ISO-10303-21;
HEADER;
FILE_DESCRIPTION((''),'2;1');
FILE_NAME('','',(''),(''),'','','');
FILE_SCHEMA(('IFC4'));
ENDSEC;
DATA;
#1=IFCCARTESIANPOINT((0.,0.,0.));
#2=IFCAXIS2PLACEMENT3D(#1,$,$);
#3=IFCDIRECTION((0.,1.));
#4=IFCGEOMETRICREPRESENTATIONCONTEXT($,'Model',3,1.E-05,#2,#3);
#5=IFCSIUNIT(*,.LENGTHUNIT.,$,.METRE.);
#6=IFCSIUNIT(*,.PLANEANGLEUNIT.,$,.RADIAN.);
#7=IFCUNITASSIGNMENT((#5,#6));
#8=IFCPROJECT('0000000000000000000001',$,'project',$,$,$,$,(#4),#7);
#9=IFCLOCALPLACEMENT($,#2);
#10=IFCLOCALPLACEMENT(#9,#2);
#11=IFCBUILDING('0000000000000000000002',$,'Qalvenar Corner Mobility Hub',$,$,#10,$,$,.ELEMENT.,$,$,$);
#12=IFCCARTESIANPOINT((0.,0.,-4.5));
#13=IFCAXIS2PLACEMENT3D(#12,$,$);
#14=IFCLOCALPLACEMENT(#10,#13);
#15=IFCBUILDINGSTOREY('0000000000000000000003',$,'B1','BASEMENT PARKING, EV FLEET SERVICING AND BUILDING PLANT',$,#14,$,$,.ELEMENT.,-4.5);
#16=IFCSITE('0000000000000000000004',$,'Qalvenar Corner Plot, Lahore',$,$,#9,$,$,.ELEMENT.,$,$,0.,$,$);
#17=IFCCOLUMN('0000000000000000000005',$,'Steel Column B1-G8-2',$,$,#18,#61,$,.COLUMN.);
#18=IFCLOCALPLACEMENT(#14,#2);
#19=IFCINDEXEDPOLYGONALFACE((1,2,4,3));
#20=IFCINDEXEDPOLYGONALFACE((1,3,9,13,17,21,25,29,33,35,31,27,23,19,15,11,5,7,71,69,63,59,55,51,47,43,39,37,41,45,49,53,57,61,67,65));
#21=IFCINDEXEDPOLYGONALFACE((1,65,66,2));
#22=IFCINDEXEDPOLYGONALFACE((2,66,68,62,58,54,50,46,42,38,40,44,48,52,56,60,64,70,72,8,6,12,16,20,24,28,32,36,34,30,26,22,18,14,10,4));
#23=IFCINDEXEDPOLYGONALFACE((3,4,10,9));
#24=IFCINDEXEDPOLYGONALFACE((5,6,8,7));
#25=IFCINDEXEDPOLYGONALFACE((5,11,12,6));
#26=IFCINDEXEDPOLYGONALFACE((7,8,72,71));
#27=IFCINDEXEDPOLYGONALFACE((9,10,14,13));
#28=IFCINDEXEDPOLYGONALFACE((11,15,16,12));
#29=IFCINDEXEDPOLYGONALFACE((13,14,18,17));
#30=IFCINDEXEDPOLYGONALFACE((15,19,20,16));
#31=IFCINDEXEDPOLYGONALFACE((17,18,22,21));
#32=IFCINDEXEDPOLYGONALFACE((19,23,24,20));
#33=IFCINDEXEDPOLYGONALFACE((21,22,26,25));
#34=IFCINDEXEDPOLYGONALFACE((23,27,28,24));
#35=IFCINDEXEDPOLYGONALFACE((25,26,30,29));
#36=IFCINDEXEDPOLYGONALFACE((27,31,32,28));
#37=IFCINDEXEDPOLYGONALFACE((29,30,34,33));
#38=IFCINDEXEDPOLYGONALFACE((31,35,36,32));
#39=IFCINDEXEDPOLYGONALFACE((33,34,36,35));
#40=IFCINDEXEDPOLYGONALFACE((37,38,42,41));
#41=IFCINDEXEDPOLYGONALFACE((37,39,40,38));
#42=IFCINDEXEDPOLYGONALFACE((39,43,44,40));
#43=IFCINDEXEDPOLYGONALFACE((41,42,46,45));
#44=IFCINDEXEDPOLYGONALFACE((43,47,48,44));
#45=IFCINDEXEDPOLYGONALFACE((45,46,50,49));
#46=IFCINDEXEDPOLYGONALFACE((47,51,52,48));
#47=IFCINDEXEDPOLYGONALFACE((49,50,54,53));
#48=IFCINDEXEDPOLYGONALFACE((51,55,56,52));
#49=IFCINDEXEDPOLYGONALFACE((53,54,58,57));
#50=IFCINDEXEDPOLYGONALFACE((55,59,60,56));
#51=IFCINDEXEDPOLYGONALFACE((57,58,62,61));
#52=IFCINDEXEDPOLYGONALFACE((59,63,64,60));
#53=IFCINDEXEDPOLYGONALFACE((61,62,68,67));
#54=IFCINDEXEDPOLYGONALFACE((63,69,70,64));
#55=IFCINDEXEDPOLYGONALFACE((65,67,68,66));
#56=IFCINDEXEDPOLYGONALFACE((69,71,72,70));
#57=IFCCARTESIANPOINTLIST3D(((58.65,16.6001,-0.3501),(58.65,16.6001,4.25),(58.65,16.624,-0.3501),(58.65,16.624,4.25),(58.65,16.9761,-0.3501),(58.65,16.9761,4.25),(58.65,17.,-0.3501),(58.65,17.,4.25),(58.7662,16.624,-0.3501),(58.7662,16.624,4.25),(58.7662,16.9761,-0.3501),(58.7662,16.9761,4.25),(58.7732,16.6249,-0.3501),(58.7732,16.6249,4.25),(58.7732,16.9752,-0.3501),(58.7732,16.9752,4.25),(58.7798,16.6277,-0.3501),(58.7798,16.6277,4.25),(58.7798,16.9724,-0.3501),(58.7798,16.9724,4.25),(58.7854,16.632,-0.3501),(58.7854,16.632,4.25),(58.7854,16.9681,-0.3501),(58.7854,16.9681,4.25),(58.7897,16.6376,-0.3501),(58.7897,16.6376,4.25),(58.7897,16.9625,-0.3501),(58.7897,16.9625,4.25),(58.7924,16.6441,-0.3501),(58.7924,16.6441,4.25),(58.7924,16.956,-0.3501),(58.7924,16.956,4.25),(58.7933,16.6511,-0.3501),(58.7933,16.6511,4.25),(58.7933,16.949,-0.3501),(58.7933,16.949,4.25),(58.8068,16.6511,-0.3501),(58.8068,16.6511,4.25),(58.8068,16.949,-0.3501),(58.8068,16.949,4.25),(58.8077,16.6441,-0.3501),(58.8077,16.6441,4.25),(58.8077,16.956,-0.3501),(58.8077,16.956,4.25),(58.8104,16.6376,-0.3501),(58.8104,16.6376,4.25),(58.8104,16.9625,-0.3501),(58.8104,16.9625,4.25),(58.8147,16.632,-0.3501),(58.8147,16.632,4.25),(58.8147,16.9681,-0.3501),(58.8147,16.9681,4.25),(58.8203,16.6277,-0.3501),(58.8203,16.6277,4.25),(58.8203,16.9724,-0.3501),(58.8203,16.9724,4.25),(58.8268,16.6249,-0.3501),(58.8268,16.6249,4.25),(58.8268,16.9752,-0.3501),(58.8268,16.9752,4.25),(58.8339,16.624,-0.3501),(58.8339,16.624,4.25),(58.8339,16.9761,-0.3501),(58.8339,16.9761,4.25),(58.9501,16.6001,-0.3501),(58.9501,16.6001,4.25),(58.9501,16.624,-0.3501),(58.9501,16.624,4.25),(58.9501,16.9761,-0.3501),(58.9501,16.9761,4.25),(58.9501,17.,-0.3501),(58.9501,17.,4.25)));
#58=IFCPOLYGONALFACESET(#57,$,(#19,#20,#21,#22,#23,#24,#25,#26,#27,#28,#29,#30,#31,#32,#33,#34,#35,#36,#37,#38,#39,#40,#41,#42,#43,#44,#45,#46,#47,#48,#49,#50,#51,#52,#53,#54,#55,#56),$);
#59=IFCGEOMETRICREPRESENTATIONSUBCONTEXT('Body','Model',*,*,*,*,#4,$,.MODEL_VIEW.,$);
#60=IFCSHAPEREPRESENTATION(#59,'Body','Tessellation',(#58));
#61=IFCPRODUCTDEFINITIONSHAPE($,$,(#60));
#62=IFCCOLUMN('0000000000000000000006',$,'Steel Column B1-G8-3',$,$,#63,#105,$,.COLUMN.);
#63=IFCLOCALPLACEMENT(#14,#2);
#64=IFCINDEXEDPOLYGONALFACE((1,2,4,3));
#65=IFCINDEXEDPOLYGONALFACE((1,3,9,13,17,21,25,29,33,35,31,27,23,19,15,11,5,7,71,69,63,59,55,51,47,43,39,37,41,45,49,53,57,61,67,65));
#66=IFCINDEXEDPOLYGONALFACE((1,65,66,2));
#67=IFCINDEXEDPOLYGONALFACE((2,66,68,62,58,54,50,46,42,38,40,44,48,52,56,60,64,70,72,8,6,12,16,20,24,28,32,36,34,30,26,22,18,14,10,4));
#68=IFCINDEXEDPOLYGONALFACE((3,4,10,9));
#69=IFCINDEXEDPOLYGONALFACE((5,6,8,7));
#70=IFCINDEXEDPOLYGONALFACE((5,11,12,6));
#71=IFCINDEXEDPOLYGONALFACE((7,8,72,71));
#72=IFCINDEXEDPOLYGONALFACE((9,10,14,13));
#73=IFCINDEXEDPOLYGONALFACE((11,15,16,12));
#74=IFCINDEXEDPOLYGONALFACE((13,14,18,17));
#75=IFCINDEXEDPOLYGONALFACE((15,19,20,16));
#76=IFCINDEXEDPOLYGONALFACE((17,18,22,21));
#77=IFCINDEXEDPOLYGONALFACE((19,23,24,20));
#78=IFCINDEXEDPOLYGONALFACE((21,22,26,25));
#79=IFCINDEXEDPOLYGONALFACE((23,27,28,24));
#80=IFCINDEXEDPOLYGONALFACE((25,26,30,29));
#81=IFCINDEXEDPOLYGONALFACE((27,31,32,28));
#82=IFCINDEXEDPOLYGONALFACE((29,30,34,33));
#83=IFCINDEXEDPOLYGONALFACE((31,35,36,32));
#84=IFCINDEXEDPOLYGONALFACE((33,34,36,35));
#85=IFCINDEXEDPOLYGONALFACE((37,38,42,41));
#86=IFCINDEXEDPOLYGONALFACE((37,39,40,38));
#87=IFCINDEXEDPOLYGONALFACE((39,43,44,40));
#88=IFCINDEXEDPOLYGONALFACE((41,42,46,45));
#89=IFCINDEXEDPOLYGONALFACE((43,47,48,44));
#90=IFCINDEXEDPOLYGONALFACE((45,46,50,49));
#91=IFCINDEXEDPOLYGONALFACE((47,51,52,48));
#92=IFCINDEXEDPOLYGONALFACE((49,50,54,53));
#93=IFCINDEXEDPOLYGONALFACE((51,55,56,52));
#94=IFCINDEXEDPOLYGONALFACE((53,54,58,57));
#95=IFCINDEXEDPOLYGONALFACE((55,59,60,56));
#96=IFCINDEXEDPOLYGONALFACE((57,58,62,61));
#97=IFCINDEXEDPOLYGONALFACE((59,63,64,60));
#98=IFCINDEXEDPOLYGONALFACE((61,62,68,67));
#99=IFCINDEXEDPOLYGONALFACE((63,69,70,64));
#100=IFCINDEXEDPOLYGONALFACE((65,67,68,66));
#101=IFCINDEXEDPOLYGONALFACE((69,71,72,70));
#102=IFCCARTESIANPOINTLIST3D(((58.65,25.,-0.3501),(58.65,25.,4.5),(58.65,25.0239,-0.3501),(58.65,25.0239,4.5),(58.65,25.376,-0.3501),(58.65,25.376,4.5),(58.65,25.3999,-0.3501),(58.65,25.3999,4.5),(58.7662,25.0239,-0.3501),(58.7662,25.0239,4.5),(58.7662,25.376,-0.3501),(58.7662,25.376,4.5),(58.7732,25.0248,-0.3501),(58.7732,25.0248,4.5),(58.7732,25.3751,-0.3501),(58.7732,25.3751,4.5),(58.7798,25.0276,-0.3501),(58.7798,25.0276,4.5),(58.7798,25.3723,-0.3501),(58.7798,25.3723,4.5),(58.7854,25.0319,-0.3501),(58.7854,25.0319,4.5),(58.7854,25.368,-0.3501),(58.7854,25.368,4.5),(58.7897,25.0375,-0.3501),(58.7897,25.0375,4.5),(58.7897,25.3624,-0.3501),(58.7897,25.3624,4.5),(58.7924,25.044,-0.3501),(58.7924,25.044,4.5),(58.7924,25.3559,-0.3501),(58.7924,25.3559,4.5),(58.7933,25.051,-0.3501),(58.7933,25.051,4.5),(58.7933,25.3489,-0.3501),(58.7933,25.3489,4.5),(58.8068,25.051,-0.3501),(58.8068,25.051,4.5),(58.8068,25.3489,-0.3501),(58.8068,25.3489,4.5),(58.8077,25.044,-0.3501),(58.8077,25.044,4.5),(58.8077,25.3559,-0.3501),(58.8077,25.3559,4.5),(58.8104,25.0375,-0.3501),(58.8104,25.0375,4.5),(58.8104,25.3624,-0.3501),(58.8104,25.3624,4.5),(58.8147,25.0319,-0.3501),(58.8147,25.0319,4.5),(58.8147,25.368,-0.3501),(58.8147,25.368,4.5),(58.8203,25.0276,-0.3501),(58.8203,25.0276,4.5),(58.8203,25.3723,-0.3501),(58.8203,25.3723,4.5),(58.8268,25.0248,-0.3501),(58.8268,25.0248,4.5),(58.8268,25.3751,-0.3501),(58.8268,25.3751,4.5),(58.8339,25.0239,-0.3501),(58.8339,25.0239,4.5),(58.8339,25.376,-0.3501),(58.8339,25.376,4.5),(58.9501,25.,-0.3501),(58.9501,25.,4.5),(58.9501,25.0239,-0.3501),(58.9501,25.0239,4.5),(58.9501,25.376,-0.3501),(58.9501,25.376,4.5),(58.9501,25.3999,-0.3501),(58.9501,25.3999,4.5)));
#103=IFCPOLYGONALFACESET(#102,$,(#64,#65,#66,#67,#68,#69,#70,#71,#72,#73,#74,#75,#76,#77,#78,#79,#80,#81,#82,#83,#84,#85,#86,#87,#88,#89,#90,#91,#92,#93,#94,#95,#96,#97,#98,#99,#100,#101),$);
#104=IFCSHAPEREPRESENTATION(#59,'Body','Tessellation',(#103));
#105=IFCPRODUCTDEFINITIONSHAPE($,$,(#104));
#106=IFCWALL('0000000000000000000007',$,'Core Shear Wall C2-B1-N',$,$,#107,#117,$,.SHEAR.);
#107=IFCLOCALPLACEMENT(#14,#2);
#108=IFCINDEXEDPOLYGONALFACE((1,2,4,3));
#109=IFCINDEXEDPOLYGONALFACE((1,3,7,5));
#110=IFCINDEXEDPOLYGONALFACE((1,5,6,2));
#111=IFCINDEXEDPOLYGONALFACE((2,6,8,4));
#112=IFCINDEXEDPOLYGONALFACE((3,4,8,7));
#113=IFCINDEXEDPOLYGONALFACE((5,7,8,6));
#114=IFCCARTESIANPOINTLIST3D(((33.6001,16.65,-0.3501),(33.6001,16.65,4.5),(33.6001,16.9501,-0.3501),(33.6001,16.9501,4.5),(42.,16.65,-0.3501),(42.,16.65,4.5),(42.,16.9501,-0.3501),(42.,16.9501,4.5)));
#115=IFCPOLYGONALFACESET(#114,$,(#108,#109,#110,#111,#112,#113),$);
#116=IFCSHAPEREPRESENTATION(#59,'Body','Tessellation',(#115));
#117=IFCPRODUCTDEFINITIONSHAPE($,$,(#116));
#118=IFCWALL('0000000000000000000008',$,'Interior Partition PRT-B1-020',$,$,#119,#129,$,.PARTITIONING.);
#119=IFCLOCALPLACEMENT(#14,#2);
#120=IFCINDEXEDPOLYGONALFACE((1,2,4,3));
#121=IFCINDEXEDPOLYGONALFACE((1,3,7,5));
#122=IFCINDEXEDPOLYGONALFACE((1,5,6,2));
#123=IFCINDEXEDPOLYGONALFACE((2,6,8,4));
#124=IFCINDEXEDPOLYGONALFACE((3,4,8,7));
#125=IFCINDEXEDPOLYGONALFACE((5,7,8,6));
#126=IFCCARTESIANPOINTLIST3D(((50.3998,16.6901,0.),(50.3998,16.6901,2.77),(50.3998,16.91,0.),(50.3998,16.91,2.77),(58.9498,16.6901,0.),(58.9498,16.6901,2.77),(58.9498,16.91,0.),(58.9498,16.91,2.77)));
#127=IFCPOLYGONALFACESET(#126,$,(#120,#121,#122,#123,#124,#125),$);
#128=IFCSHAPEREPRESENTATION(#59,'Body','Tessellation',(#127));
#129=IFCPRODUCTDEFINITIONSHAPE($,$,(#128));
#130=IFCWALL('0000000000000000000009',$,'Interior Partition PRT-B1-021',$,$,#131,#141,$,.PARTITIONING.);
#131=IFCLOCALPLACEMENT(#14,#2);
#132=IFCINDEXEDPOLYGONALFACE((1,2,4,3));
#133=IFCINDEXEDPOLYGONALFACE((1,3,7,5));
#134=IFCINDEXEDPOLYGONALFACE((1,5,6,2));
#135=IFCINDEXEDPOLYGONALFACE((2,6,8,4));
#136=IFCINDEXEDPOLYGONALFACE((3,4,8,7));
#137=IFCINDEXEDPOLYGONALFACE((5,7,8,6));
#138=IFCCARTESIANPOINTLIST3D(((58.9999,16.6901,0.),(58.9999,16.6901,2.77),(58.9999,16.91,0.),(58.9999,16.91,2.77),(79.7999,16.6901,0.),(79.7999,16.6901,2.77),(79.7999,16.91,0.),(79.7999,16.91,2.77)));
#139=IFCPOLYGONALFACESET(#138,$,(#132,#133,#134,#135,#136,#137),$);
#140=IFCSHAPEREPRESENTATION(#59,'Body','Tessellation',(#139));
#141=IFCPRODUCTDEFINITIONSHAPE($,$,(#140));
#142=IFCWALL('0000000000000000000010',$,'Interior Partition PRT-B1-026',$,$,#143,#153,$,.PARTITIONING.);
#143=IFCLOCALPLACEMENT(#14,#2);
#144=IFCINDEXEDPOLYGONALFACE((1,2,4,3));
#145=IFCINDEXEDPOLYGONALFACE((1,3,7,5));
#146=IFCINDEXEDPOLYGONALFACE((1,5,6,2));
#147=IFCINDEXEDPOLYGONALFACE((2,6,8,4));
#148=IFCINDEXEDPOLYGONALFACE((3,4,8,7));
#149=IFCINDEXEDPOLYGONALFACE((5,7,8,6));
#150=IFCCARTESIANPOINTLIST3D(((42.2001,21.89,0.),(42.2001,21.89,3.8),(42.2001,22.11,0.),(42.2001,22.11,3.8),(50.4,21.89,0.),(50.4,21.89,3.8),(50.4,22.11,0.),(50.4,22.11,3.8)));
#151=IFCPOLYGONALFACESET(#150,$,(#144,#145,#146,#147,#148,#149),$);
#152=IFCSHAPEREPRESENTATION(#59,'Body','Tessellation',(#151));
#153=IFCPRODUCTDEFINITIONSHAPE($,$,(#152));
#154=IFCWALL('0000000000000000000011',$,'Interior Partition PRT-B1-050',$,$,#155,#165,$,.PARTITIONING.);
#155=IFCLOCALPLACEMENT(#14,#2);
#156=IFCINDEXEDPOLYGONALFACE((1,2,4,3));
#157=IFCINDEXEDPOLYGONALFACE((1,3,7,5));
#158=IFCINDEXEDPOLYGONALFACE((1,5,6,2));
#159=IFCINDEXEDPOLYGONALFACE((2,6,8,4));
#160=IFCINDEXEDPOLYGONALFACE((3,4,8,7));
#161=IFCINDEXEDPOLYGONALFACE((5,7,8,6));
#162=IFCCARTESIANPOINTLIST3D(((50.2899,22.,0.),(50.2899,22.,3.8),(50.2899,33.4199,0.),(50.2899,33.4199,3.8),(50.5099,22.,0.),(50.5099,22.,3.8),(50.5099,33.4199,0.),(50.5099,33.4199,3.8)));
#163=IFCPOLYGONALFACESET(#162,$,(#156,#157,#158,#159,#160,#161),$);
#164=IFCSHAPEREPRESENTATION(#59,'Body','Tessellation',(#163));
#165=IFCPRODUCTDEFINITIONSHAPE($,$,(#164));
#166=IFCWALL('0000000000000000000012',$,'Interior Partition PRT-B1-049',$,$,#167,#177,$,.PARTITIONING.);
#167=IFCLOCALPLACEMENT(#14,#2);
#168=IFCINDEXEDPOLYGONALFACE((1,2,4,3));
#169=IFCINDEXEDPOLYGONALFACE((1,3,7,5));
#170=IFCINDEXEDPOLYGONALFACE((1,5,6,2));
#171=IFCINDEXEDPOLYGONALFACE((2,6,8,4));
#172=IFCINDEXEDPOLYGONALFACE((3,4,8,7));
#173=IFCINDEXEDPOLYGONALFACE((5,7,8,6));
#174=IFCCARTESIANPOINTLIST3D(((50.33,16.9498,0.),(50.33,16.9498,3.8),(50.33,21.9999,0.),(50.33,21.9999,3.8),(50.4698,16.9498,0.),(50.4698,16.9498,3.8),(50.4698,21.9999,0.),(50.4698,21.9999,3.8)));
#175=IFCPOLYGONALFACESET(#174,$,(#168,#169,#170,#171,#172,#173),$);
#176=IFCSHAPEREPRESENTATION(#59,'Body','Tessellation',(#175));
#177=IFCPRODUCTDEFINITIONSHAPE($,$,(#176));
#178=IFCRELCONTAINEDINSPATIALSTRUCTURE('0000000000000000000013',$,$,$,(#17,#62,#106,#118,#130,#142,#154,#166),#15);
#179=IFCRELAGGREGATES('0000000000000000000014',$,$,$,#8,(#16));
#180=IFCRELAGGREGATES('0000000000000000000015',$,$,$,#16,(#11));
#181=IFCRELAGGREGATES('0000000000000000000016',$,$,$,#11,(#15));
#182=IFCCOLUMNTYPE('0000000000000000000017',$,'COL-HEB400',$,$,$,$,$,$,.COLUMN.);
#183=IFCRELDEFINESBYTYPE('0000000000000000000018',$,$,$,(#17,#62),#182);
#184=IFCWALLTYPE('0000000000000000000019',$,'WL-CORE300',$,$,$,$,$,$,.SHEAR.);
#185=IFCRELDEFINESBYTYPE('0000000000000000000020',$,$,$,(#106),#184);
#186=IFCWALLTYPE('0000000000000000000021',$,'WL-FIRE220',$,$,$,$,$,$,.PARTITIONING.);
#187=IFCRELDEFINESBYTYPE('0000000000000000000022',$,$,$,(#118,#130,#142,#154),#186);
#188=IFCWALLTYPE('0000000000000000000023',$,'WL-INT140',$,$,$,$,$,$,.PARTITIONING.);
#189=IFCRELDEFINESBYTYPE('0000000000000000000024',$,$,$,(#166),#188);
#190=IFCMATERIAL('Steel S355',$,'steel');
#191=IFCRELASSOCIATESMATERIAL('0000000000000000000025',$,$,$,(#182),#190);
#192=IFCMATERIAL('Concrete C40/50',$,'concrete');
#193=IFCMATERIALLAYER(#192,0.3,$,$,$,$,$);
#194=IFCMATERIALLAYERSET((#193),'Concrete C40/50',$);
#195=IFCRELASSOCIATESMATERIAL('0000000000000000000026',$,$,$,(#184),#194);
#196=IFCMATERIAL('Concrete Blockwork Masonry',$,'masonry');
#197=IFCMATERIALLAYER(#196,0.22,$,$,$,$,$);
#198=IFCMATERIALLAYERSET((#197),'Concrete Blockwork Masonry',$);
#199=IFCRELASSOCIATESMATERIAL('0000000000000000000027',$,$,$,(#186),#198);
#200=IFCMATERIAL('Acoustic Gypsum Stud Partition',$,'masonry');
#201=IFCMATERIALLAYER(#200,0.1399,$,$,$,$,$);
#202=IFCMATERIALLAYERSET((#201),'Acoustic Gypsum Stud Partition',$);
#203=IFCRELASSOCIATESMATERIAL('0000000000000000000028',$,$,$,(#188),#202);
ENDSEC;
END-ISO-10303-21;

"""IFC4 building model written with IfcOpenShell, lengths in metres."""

from ifc_helpers import new_model, si_unit, direction, frame, frame_2d, origin, origin_2d, place, context, subcontext, project, spatial, rectangle, i_section, extrude, material, layer, layer_set, material_profile, profile_set, type_object, element, save


model = new_model("IFC4")

# Units and contexts
model_context = context("Model", 3, precision=1e-05, world=origin(), true_north=direction((0.0, 1.0)))
body_context = subcontext(model_context, "Body", "Model", "MODEL_VIEW")
ifc_project = project(units=[si_unit("LENGTHUNIT", "METRE"), si_unit("PLANEANGLEUNIT", "RADIAN")], contexts=[model_context])

# Site, building, storey
site_placement = place(None, origin())
site = spatial("IfcSite", under=ifc_project, at=site_placement, Name="Qalvenar Corner Plot, Lahore", CompositionType="ELEMENT", RefElevation=0.0)
building_placement = place(site_placement, origin())
building = spatial("IfcBuilding", under=site, at=building_placement, Name="Qalvenar Corner Mobility Hub", CompositionType="ELEMENT")
storey_placement = place(building_placement, frame((0.0, 0.0, -4.5)))
storey = spatial("IfcBuildingStorey", under=building, at=storey_placement, Name="B1", Description="BASEMENT PARKING, EV FLEET SERVICING AND BUILDING PLANT", CompositionType="ELEMENT", Elevation=-4.5)

# Shared definitions
ifc_material_1 = material(Name="Concrete C40/50", Category="concrete")

# Columns
ifc_material_2 = material(Name="Steel S355", Category="steel")
ifc_material_profile_1 = material_profile(ifc_material_2, i_section(OverallWidth=0.3, OverallDepth=0.3999, WebThickness=0.0134, FlangeThickness=0.0239, FilletRadius=0.0271, at=origin_2d()), Name="HEB400")
ifc_profile_set_1 = profile_set([ifc_material_profile_1], Name="Steel S355")
column_type_1 = type_object("IfcColumnType", Name="COL-HEB400", PredefinedType="COLUMN", material=ifc_profile_set_1)
column_1_placement = place(storey_placement, frame((58.8, 16.8, -0.3501), z_axis=(0.0, 0.0, 1.0), x_axis=(1.0, 0.0, 0.0)))
element("IfcColumn", 1, at=column_1_placement, inside=storey, type_object=column_type_1, Name="Steel Column B1-G8-2", PredefinedType="COLUMN", context=body_context, shape_type="SweptSolid", body=[
    extrude(i_section(OverallWidth=0.3, OverallDepth=0.3999, WebThickness=0.0134, FlangeThickness=0.0239, FilletRadius=0.0271, at=origin_2d()), origin(), (0.0, 0.0, 1.0), 4.6001),
])
column_2_placement = place(storey_placement, frame((58.8, 25.2, -0.3501), z_axis=(0.0, 0.0, 1.0), x_axis=(1.0, 0.0, 0.0)))
element("IfcColumn", 2, at=column_2_placement, inside=storey, type_object=column_type_1, Name="Steel Column B1-G8-3", PredefinedType="COLUMN", context=body_context, shape_type="SweptSolid", body=[
    extrude(i_section(OverallWidth=0.3, OverallDepth=0.3999, WebThickness=0.0134, FlangeThickness=0.0239, FilletRadius=0.0271, at=origin_2d()), origin(), (0.0, 0.0, 1.0), 4.8501),
])

# Walls
ifc_layer_1 = layer(ifc_material_1, 0.3)
ifc_layer_set_1 = layer_set([ifc_layer_1], Name="Concrete C40/50")
wall_type_1 = type_object("IfcWallType", Name="WL-CORE300", PredefinedType="SHEAR", material=ifc_layer_set_1)
wall_1_placement = place(storey_placement, frame((42.0, 16.8, -0.3501), z_axis=(0.0, 0.0, 1.0), x_axis=(-1.0, 0.0, 0.0)))
element("IfcWall", 3, at=wall_1_placement, inside=storey, type_object=wall_type_1, Name="Core Shear Wall C2-B1-N", PredefinedType="SHEAR", context=body_context, shape_type="SweptSolid", body=[
    extrude(rectangle(XDim=8.3999, YDim=0.3, at=frame_2d((4.2, 0.0))), origin(), (0.0, 0.0, 1.0), 4.8501),
])
ifc_material_3 = material(Name="Concrete Blockwork Masonry", Category="masonry")
ifc_layer_2 = layer(ifc_material_3, 0.22)
ifc_layer_set_2 = layer_set([ifc_layer_2], Name="Concrete Blockwork Masonry")
wall_type_2 = type_object("IfcWallType", Name="WL-FIRE220", PredefinedType="PARTITIONING", material=ifc_layer_set_2)
wall_2_placement = place(storey_placement, frame((50.3999, 16.8, 0.0), z_axis=(0.0, 0.0, 1.0), x_axis=(1.0, 0.0, 0.0)))
element("IfcWall", 4, at=wall_2_placement, inside=storey, type_object=wall_type_2, Name="Interior Partition PRT-B1-020", PredefinedType="PARTITIONING", context=body_context, shape_type="SweptSolid", body=[
    extrude(rectangle(XDim=8.55, YDim=0.22, at=frame_2d((4.2749, 0.0))), origin(), (0.0, 0.0, 1.0), 2.77),
])
wall_3_placement = place(storey_placement, frame((59.0, 16.8, 0.0), z_axis=(0.0, 0.0, 1.0), x_axis=(1.0, 0.0, 0.0)))
element("IfcWall", 5, at=wall_3_placement, inside=storey, type_object=wall_type_2, Name="Interior Partition PRT-B1-021", PredefinedType="PARTITIONING", context=body_context, shape_type="SweptSolid", body=[
    extrude(rectangle(XDim=20.8, YDim=0.22, at=frame_2d((10.3999, 0.0))), origin(), (0.0, 0.0, 1.0), 2.77),
])
wall_4_placement = place(storey_placement, frame((42.2, 22.0, 0.0), z_axis=(0.0, 0.0, 1.0), x_axis=(1.0, 0.0, 0.0)))
element("IfcWall", 6, at=wall_4_placement, inside=storey, type_object=wall_type_2, Name="Interior Partition PRT-B1-026", PredefinedType="PARTITIONING", context=body_context, shape_type="SweptSolid", body=[
    extrude(rectangle(XDim=8.2, YDim=0.22, at=frame_2d((4.1001, 0.0))), origin(), (0.0, 0.0, 1.0), 3.8),
])
wall_5_placement = place(storey_placement, frame((50.3999, 22.0, 0.0), z_axis=(0.0, 0.0, 1.0), x_axis=(0.0, 1.0, 0.0)))
element("IfcWall", 7, at=wall_5_placement, inside=storey, type_object=wall_type_2, Name="Interior Partition PRT-B1-050", PredefinedType="PARTITIONING", context=body_context, shape_type="SweptSolid", body=[
    extrude(rectangle(XDim=11.4199, YDim=0.22, at=frame_2d((5.71, 0.0))), origin(), (0.0, 0.0, 1.0), 3.8),
])
ifc_material_4 = material(Name="Acoustic Gypsum Stud Partition", Category="masonry")
ifc_layer_3 = layer(ifc_material_4, 0.1399)
ifc_layer_set_3 = layer_set([ifc_layer_3], Name="Acoustic Gypsum Stud Partition")
wall_type_3 = type_object("IfcWallType", Name="WL-INT140", PredefinedType="PARTITIONING", material=ifc_layer_set_3)
wall_6_placement = place(storey_placement, frame((50.3999, 16.95, 0.0), z_axis=(0.0, 0.0, 1.0), x_axis=(0.0, 1.0, 0.0)))
element("IfcWall", 8, at=wall_6_placement, inside=storey, type_object=wall_type_3, Name="Interior Partition PRT-B1-049", PredefinedType="PARTITIONING", context=body_context, shape_type="SweptSolid", body=[
    extrude(rectangle(XDim=5.05, YDim=0.1399, at=frame_2d((2.5249, 0.0))), origin(), (0.0, 0.0, 1.0), 3.8),
])

save(model, "model.ifc")
